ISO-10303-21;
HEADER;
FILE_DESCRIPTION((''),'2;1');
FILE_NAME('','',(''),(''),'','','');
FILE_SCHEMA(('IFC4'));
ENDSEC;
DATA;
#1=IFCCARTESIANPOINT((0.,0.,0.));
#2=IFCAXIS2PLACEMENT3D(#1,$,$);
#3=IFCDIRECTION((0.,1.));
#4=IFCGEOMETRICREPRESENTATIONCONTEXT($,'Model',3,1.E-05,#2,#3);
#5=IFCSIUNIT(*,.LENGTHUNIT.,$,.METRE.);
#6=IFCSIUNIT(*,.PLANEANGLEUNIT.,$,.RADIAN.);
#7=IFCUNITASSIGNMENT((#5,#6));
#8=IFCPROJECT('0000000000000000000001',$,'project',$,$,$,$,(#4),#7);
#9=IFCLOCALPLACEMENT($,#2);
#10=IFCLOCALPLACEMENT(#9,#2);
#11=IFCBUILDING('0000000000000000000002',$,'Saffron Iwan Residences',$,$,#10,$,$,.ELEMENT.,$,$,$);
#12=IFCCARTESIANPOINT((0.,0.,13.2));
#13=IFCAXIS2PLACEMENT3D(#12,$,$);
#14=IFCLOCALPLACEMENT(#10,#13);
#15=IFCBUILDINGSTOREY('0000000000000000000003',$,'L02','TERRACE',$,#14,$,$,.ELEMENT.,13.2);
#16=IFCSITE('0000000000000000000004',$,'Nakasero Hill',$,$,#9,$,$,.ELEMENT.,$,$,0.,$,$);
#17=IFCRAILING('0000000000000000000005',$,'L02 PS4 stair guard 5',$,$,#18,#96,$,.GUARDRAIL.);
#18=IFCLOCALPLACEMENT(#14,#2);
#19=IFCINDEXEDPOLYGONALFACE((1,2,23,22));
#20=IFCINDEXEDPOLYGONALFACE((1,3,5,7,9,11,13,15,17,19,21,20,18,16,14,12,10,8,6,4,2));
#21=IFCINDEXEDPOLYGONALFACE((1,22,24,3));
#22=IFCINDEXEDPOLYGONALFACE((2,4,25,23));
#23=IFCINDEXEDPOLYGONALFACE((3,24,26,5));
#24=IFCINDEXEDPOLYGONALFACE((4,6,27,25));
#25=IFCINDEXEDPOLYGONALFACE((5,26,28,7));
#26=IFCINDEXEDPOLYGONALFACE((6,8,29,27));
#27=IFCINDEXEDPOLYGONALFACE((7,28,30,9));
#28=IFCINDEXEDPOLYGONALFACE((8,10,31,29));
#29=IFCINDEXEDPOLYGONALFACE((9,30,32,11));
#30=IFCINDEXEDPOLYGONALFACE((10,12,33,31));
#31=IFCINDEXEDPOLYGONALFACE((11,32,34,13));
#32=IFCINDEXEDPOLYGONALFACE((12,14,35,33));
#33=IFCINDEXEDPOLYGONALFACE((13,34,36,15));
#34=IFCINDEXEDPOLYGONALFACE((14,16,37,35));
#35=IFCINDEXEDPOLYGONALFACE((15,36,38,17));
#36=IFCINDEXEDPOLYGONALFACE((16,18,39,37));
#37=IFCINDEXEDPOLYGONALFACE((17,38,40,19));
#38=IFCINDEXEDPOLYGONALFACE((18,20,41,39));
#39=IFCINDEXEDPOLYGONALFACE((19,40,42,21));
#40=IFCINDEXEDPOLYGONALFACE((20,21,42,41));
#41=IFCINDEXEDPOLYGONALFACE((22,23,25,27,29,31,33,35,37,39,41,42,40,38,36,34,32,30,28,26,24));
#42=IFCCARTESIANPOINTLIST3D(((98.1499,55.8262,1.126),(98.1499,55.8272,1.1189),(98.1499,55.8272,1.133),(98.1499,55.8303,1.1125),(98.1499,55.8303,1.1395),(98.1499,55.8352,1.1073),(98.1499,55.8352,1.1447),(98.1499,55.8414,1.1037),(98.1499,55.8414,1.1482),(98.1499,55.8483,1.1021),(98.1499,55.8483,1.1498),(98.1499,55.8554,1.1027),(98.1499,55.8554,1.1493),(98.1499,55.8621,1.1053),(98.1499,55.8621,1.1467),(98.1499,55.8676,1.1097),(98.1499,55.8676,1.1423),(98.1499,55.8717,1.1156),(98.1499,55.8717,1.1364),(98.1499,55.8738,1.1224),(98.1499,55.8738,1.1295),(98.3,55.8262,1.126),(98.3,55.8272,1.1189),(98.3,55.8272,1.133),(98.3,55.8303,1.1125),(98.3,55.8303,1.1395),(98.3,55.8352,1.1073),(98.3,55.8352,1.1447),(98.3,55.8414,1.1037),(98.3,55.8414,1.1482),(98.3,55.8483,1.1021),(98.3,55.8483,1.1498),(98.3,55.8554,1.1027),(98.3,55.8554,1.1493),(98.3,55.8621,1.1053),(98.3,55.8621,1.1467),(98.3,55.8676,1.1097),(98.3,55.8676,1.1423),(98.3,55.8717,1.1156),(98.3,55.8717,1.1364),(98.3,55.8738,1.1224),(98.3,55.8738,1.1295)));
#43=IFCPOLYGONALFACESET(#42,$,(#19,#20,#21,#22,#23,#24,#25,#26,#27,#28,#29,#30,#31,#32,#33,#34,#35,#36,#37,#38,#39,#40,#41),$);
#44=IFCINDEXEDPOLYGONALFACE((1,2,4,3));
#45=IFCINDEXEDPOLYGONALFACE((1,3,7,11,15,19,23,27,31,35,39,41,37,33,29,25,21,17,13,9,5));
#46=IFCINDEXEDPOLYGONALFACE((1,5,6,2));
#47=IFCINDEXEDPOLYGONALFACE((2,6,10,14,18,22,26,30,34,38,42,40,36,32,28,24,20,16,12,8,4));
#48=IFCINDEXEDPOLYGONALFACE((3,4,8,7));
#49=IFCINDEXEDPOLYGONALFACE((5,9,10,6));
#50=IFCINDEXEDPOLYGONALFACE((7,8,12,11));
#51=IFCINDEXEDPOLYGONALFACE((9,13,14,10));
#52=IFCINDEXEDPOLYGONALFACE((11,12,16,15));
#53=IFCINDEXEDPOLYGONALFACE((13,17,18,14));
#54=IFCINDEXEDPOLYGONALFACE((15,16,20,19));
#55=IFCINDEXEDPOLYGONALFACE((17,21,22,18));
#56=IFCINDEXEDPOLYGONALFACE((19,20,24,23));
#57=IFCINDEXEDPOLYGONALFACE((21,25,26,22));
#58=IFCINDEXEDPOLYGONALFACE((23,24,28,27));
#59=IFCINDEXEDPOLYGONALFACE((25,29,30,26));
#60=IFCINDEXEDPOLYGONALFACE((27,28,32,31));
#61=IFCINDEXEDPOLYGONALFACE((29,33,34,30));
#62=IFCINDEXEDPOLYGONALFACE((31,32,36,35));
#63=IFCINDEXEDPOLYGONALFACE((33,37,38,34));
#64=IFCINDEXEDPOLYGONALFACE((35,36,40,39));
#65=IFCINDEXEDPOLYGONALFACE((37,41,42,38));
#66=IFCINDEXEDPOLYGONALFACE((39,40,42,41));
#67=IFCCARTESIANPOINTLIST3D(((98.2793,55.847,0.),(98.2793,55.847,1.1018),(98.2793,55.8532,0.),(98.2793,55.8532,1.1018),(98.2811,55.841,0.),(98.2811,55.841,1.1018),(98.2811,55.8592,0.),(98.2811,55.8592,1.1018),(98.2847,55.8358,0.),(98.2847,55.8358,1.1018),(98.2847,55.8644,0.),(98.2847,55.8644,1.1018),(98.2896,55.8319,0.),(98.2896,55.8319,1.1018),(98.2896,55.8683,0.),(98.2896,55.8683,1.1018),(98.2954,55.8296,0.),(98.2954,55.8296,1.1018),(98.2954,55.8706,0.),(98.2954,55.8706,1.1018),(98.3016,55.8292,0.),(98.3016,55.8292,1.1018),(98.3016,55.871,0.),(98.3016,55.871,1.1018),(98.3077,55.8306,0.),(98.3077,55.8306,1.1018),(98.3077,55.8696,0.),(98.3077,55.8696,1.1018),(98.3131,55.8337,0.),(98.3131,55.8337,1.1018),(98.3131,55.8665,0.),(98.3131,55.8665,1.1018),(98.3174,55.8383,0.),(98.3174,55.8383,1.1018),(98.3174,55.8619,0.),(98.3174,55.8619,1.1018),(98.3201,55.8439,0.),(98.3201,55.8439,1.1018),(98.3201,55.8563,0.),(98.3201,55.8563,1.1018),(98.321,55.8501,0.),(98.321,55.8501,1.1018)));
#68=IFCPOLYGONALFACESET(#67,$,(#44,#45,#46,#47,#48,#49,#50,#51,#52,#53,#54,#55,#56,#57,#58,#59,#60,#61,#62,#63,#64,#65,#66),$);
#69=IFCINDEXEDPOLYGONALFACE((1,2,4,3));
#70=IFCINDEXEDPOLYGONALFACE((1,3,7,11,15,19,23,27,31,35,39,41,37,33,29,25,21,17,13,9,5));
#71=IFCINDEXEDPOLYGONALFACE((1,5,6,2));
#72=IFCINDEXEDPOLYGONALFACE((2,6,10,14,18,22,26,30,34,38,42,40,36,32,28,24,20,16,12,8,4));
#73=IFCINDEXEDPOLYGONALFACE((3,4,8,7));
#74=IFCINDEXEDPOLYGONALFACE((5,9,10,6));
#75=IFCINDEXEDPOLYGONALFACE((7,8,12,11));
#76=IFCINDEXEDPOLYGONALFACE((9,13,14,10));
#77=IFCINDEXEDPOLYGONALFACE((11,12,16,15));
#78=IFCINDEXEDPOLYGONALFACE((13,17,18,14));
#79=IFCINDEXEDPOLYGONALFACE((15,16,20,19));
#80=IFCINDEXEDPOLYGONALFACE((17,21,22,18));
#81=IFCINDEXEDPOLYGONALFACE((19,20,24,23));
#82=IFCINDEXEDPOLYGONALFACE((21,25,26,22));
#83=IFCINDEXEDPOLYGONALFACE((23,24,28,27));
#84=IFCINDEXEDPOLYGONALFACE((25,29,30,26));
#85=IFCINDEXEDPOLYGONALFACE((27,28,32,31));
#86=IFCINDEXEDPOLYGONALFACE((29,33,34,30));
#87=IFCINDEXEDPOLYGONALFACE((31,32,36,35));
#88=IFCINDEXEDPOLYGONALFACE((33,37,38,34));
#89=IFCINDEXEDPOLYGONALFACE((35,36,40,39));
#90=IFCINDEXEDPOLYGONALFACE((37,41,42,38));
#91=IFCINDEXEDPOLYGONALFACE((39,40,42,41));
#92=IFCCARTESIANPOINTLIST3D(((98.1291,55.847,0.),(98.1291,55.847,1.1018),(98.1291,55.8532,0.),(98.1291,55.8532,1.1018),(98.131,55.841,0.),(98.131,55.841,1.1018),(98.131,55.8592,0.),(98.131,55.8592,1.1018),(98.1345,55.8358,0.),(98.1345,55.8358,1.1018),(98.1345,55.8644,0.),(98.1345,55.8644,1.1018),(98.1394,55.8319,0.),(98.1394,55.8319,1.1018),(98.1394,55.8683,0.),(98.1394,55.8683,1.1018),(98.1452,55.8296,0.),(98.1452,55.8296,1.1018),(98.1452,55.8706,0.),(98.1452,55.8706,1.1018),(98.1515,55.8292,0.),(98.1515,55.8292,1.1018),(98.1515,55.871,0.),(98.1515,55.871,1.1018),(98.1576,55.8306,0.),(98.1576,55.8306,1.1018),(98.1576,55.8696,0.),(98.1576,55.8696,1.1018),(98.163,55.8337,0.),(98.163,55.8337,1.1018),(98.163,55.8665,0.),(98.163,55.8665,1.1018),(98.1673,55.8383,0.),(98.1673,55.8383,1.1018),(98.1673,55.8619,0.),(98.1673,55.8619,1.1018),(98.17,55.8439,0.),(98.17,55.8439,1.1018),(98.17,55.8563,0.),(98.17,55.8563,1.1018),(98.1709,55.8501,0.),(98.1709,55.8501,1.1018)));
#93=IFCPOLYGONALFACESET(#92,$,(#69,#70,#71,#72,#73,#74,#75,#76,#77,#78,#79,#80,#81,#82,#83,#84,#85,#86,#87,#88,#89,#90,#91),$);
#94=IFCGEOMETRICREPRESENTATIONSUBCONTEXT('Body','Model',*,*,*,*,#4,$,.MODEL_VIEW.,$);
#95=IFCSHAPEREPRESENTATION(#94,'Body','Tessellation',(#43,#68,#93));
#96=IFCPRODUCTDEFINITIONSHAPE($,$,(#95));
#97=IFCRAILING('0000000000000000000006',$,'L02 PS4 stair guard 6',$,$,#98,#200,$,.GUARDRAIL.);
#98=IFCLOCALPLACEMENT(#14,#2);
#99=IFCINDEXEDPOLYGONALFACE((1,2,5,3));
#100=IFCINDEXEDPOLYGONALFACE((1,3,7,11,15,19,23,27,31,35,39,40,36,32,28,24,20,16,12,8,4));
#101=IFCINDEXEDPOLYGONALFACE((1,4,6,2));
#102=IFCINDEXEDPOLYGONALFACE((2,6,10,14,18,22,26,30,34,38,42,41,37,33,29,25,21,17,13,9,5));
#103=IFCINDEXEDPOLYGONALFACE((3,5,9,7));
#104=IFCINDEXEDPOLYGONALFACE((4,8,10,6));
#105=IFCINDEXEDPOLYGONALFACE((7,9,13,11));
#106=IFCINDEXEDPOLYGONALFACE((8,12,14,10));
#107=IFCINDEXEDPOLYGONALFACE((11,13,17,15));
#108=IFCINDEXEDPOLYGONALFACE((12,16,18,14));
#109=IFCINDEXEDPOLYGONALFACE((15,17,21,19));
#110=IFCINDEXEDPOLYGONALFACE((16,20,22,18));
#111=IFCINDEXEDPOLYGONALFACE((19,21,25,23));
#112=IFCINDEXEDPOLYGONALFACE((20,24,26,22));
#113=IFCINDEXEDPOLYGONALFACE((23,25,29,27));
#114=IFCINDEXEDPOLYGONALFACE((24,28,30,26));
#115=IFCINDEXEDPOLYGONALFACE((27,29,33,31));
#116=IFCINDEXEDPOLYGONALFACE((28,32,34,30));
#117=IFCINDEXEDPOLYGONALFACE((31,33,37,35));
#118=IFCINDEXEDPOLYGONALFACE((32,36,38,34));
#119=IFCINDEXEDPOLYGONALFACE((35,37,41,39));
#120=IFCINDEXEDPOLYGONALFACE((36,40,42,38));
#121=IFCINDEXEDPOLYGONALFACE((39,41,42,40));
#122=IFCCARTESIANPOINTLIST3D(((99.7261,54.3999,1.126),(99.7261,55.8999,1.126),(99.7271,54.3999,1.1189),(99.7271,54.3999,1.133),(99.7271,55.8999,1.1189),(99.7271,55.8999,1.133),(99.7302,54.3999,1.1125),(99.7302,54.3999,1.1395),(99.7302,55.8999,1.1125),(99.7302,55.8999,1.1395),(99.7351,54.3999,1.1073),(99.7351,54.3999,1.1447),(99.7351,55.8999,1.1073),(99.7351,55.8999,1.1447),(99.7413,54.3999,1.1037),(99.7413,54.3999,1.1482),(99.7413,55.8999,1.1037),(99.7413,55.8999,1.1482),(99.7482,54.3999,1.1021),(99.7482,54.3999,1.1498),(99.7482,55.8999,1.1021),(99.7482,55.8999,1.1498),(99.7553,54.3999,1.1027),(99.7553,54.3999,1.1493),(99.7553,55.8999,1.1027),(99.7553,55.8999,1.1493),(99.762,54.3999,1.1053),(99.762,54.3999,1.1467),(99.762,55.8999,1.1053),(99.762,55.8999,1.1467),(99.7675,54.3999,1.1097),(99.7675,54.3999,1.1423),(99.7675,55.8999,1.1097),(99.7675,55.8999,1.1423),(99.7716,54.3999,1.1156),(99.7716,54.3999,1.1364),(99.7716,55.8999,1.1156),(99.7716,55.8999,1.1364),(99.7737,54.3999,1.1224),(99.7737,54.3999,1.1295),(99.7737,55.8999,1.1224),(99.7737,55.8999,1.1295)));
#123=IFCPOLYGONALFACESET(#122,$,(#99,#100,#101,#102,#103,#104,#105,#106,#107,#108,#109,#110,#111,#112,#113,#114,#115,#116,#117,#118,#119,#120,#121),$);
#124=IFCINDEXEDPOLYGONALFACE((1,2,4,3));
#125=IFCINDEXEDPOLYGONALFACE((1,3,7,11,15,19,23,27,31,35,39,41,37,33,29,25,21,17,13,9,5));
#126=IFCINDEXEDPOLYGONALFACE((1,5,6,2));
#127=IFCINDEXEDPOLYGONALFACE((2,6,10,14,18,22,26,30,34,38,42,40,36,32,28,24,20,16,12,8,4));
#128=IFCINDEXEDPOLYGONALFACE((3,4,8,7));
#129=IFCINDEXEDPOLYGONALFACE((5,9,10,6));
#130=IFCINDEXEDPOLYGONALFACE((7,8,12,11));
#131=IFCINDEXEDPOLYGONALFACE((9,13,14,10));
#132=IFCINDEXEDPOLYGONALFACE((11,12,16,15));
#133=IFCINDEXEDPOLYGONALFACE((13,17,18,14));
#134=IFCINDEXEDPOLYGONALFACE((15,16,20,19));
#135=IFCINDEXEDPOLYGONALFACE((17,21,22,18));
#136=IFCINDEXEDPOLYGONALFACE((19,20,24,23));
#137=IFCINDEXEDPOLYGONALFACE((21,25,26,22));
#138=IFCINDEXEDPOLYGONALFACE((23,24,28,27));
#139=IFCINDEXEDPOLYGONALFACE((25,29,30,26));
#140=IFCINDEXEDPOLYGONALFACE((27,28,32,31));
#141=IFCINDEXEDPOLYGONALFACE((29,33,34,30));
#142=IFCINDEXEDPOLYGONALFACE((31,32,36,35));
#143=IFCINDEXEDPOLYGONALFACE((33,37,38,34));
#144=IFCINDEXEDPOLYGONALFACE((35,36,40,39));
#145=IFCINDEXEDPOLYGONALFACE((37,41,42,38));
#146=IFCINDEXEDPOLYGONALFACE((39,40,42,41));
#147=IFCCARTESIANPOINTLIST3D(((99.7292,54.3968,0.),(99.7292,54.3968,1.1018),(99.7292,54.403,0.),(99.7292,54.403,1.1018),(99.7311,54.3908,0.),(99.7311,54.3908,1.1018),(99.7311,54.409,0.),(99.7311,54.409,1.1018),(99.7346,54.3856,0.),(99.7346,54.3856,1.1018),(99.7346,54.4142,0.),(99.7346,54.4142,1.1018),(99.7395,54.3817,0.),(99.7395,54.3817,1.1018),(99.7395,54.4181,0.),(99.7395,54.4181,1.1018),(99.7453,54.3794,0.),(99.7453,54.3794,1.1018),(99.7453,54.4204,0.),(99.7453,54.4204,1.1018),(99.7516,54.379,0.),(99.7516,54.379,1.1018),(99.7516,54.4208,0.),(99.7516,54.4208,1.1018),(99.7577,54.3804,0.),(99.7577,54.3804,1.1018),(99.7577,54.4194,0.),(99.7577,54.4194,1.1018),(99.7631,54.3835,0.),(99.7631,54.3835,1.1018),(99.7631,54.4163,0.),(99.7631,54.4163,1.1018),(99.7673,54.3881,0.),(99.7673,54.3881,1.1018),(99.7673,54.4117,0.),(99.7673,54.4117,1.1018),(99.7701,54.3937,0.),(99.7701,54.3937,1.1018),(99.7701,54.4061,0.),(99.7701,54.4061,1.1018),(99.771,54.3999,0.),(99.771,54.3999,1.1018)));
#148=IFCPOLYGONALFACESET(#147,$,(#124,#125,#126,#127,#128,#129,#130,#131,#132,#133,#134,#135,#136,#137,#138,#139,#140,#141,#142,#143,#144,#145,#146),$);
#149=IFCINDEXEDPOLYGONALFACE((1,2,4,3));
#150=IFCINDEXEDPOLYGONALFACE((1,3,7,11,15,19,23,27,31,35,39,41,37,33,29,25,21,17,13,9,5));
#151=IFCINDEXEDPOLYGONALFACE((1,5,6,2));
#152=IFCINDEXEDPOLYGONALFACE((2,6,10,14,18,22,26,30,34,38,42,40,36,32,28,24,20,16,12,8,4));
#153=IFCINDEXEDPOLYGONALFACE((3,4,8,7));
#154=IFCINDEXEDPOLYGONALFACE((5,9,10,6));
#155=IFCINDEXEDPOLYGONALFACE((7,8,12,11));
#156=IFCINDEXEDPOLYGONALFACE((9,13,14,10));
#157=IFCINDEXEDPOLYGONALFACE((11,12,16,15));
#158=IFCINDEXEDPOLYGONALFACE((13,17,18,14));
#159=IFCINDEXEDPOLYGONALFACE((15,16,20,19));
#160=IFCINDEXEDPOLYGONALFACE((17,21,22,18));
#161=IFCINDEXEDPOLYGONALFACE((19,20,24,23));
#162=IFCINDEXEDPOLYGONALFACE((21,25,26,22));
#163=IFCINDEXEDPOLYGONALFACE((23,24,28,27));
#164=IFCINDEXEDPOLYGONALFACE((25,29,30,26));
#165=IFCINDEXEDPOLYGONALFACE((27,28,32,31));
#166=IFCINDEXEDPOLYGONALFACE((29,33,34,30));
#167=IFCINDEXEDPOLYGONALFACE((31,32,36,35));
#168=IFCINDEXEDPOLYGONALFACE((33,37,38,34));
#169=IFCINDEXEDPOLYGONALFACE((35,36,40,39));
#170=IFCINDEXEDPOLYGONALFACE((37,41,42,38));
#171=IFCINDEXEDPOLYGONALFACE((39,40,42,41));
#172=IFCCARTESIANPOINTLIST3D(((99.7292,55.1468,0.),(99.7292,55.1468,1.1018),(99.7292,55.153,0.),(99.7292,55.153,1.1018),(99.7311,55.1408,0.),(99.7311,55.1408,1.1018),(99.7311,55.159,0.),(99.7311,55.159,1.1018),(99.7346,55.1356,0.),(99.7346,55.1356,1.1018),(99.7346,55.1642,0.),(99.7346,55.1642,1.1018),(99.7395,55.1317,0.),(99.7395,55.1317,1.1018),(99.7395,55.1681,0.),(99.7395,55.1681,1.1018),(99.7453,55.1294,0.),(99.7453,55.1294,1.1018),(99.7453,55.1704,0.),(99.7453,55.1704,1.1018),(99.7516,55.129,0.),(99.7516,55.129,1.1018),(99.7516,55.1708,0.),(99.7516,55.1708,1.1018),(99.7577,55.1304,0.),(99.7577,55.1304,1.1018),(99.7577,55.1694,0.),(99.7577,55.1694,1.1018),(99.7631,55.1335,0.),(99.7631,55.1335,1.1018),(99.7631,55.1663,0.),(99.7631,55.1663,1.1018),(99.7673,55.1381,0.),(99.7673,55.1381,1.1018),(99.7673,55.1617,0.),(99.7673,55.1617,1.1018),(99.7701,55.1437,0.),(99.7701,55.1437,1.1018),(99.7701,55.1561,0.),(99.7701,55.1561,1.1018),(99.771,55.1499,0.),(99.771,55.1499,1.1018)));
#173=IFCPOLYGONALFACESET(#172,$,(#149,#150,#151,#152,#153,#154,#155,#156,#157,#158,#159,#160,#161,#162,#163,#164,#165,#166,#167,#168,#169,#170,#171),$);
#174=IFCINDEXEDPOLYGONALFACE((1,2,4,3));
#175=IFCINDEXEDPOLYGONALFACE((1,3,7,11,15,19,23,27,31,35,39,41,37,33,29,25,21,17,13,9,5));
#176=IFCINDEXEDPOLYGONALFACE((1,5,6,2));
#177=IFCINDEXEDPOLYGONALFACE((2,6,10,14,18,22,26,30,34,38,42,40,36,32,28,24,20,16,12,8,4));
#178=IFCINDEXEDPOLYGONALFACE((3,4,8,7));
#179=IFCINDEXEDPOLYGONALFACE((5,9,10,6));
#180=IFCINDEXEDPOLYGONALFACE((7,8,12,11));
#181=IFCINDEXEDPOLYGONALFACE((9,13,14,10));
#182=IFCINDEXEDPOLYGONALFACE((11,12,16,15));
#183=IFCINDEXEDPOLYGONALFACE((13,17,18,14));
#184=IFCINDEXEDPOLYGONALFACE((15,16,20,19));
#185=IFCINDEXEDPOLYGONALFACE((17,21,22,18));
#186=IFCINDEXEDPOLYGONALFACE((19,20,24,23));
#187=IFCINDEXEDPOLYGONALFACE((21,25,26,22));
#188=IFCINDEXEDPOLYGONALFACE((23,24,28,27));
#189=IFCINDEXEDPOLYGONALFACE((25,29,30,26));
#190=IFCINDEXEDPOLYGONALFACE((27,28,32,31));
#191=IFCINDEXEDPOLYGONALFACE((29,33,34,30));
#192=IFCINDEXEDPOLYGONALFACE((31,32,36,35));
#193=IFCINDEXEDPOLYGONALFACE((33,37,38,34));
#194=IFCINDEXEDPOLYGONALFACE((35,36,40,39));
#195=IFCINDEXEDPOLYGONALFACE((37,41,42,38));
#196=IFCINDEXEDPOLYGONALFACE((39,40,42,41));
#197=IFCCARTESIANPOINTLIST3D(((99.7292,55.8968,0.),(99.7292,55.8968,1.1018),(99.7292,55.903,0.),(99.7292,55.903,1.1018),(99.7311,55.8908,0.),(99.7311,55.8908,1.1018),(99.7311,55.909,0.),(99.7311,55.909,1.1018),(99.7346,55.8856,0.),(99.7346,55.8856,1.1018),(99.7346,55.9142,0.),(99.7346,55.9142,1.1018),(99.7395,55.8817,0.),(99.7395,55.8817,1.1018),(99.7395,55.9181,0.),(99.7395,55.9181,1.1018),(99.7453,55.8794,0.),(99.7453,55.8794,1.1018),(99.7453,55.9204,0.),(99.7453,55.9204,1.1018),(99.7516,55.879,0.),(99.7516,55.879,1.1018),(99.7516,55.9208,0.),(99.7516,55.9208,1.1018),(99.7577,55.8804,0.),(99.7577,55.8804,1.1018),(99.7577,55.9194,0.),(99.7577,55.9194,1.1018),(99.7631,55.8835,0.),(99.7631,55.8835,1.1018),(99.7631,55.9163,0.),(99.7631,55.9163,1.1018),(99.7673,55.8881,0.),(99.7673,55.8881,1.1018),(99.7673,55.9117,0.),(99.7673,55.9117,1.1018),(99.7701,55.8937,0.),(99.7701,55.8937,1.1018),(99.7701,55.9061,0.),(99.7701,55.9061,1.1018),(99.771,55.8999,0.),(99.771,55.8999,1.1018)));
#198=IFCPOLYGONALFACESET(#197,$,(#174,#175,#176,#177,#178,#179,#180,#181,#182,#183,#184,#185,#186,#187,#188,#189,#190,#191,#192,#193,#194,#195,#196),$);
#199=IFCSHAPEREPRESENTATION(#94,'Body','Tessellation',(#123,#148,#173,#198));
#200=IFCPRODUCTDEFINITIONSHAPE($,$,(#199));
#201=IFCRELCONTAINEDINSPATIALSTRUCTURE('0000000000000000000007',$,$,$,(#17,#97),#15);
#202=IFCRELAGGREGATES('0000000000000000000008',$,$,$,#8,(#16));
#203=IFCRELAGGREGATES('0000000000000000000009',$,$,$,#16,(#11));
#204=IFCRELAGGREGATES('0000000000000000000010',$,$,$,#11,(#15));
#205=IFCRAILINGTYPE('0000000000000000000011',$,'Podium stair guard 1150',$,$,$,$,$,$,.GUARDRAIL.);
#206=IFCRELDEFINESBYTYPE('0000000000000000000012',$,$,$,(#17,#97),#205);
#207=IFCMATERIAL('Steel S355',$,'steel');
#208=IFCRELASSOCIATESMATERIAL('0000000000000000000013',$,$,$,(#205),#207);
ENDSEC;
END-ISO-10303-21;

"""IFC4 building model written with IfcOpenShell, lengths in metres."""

from ifc_helpers import new_model, si_unit, direction, frame, origin, origin_2d, place, context, subcontext, project, spatial, circle, extrude, material, type_object, element, save


model = new_model("IFC4")

# Units and contexts
model_context = context("Model", 3, precision=1e-05, world=origin(), true_north=direction((0.0, 1.0)))
body_context = subcontext(model_context, "Body", "Model", "MODEL_VIEW")
ifc_project = project(units=[si_unit("LENGTHUNIT", "METRE"), si_unit("PLANEANGLEUNIT", "RADIAN")], contexts=[model_context])

# Site, building, storey
site_placement = place(None, origin())
site = spatial("IfcSite", under=ifc_project, at=site_placement, Name="Nakasero Hill", CompositionType="ELEMENT", RefElevation=0.0)
building_placement = place(site_placement, origin())
building = spatial("IfcBuilding", under=site, at=building_placement, Name="Saffron Iwan Residences", CompositionType="ELEMENT")
storey_placement = place(building_placement, frame((0.0, 0.0, 13.2)))
storey = spatial("IfcBuildingStorey", under=building, at=storey_placement, Name="L02", Description="TERRACE", CompositionType="ELEMENT", Elevation=13.2)

# Railings
ifc_material_1 = material(Name="Steel S355", Category="steel")
railing_type_1 = type_object("IfcRailingType", Name="Podium stair guard 1150", PredefinedType="GUARDRAIL", material=ifc_material_1)
railing_1_placement = place(storey_placement, frame((98.3, 55.8501, 0.0)))
element("IfcRailing", 1, at=railing_1_placement, inside=storey, type_object=railing_type_1, Name="L02 PS4 stair guard 5", PredefinedType="GUARDRAIL", context=body_context, shape_type="SweptSolid", body=[
    extrude(circle(Radius=0.0239, at=origin_2d()), frame((0.0, 0.0, 1.126), z_axis=(-1.0, 0.0, 0.0), x_axis=(0.0, -1.0, 0.0)), (0.0, 0.0, 1.0), 0.1501),
    extrude(circle(Radius=0.021, at=origin_2d()), origin(), (0.0, 0.0, 1.0), 1.1018),
    extrude(circle(Radius=0.021, at=origin_2d()), frame((-0.1501, 0.0, 0.0)), (0.0, 0.0, 1.0), 1.1018),
])
railing_2_placement = place(storey_placement, frame((99.75, 54.3999, 0.0)))
element("IfcRailing", 2, at=railing_2_placement, inside=storey, type_object=railing_type_1, Name="L02 PS4 stair guard 6", PredefinedType="GUARDRAIL", context=body_context, shape_type="SweptSolid", body=[
    extrude(circle(Radius=0.0239, at=origin_2d()), frame((0.0, 0.0, 1.126), z_axis=(0.0, 1.0, 0.0), x_axis=(-1.0, 0.0, 0.0)), (0.0, 0.0, 1.0), 1.5),
    extrude(circle(Radius=0.021, at=origin_2d()), origin(), (0.0, 0.0, 1.0), 1.1018),
    extrude(circle(Radius=0.021, at=origin_2d()), frame((0.0, 0.75, 0.0)), (0.0, 0.0, 1.0), 1.1018),
    extrude(circle(Radius=0.021, at=origin_2d()), frame((0.0, 1.5, 0.0)), (0.0, 0.0, 1.0), 1.1018),
])

save(model, "model.ifc")
